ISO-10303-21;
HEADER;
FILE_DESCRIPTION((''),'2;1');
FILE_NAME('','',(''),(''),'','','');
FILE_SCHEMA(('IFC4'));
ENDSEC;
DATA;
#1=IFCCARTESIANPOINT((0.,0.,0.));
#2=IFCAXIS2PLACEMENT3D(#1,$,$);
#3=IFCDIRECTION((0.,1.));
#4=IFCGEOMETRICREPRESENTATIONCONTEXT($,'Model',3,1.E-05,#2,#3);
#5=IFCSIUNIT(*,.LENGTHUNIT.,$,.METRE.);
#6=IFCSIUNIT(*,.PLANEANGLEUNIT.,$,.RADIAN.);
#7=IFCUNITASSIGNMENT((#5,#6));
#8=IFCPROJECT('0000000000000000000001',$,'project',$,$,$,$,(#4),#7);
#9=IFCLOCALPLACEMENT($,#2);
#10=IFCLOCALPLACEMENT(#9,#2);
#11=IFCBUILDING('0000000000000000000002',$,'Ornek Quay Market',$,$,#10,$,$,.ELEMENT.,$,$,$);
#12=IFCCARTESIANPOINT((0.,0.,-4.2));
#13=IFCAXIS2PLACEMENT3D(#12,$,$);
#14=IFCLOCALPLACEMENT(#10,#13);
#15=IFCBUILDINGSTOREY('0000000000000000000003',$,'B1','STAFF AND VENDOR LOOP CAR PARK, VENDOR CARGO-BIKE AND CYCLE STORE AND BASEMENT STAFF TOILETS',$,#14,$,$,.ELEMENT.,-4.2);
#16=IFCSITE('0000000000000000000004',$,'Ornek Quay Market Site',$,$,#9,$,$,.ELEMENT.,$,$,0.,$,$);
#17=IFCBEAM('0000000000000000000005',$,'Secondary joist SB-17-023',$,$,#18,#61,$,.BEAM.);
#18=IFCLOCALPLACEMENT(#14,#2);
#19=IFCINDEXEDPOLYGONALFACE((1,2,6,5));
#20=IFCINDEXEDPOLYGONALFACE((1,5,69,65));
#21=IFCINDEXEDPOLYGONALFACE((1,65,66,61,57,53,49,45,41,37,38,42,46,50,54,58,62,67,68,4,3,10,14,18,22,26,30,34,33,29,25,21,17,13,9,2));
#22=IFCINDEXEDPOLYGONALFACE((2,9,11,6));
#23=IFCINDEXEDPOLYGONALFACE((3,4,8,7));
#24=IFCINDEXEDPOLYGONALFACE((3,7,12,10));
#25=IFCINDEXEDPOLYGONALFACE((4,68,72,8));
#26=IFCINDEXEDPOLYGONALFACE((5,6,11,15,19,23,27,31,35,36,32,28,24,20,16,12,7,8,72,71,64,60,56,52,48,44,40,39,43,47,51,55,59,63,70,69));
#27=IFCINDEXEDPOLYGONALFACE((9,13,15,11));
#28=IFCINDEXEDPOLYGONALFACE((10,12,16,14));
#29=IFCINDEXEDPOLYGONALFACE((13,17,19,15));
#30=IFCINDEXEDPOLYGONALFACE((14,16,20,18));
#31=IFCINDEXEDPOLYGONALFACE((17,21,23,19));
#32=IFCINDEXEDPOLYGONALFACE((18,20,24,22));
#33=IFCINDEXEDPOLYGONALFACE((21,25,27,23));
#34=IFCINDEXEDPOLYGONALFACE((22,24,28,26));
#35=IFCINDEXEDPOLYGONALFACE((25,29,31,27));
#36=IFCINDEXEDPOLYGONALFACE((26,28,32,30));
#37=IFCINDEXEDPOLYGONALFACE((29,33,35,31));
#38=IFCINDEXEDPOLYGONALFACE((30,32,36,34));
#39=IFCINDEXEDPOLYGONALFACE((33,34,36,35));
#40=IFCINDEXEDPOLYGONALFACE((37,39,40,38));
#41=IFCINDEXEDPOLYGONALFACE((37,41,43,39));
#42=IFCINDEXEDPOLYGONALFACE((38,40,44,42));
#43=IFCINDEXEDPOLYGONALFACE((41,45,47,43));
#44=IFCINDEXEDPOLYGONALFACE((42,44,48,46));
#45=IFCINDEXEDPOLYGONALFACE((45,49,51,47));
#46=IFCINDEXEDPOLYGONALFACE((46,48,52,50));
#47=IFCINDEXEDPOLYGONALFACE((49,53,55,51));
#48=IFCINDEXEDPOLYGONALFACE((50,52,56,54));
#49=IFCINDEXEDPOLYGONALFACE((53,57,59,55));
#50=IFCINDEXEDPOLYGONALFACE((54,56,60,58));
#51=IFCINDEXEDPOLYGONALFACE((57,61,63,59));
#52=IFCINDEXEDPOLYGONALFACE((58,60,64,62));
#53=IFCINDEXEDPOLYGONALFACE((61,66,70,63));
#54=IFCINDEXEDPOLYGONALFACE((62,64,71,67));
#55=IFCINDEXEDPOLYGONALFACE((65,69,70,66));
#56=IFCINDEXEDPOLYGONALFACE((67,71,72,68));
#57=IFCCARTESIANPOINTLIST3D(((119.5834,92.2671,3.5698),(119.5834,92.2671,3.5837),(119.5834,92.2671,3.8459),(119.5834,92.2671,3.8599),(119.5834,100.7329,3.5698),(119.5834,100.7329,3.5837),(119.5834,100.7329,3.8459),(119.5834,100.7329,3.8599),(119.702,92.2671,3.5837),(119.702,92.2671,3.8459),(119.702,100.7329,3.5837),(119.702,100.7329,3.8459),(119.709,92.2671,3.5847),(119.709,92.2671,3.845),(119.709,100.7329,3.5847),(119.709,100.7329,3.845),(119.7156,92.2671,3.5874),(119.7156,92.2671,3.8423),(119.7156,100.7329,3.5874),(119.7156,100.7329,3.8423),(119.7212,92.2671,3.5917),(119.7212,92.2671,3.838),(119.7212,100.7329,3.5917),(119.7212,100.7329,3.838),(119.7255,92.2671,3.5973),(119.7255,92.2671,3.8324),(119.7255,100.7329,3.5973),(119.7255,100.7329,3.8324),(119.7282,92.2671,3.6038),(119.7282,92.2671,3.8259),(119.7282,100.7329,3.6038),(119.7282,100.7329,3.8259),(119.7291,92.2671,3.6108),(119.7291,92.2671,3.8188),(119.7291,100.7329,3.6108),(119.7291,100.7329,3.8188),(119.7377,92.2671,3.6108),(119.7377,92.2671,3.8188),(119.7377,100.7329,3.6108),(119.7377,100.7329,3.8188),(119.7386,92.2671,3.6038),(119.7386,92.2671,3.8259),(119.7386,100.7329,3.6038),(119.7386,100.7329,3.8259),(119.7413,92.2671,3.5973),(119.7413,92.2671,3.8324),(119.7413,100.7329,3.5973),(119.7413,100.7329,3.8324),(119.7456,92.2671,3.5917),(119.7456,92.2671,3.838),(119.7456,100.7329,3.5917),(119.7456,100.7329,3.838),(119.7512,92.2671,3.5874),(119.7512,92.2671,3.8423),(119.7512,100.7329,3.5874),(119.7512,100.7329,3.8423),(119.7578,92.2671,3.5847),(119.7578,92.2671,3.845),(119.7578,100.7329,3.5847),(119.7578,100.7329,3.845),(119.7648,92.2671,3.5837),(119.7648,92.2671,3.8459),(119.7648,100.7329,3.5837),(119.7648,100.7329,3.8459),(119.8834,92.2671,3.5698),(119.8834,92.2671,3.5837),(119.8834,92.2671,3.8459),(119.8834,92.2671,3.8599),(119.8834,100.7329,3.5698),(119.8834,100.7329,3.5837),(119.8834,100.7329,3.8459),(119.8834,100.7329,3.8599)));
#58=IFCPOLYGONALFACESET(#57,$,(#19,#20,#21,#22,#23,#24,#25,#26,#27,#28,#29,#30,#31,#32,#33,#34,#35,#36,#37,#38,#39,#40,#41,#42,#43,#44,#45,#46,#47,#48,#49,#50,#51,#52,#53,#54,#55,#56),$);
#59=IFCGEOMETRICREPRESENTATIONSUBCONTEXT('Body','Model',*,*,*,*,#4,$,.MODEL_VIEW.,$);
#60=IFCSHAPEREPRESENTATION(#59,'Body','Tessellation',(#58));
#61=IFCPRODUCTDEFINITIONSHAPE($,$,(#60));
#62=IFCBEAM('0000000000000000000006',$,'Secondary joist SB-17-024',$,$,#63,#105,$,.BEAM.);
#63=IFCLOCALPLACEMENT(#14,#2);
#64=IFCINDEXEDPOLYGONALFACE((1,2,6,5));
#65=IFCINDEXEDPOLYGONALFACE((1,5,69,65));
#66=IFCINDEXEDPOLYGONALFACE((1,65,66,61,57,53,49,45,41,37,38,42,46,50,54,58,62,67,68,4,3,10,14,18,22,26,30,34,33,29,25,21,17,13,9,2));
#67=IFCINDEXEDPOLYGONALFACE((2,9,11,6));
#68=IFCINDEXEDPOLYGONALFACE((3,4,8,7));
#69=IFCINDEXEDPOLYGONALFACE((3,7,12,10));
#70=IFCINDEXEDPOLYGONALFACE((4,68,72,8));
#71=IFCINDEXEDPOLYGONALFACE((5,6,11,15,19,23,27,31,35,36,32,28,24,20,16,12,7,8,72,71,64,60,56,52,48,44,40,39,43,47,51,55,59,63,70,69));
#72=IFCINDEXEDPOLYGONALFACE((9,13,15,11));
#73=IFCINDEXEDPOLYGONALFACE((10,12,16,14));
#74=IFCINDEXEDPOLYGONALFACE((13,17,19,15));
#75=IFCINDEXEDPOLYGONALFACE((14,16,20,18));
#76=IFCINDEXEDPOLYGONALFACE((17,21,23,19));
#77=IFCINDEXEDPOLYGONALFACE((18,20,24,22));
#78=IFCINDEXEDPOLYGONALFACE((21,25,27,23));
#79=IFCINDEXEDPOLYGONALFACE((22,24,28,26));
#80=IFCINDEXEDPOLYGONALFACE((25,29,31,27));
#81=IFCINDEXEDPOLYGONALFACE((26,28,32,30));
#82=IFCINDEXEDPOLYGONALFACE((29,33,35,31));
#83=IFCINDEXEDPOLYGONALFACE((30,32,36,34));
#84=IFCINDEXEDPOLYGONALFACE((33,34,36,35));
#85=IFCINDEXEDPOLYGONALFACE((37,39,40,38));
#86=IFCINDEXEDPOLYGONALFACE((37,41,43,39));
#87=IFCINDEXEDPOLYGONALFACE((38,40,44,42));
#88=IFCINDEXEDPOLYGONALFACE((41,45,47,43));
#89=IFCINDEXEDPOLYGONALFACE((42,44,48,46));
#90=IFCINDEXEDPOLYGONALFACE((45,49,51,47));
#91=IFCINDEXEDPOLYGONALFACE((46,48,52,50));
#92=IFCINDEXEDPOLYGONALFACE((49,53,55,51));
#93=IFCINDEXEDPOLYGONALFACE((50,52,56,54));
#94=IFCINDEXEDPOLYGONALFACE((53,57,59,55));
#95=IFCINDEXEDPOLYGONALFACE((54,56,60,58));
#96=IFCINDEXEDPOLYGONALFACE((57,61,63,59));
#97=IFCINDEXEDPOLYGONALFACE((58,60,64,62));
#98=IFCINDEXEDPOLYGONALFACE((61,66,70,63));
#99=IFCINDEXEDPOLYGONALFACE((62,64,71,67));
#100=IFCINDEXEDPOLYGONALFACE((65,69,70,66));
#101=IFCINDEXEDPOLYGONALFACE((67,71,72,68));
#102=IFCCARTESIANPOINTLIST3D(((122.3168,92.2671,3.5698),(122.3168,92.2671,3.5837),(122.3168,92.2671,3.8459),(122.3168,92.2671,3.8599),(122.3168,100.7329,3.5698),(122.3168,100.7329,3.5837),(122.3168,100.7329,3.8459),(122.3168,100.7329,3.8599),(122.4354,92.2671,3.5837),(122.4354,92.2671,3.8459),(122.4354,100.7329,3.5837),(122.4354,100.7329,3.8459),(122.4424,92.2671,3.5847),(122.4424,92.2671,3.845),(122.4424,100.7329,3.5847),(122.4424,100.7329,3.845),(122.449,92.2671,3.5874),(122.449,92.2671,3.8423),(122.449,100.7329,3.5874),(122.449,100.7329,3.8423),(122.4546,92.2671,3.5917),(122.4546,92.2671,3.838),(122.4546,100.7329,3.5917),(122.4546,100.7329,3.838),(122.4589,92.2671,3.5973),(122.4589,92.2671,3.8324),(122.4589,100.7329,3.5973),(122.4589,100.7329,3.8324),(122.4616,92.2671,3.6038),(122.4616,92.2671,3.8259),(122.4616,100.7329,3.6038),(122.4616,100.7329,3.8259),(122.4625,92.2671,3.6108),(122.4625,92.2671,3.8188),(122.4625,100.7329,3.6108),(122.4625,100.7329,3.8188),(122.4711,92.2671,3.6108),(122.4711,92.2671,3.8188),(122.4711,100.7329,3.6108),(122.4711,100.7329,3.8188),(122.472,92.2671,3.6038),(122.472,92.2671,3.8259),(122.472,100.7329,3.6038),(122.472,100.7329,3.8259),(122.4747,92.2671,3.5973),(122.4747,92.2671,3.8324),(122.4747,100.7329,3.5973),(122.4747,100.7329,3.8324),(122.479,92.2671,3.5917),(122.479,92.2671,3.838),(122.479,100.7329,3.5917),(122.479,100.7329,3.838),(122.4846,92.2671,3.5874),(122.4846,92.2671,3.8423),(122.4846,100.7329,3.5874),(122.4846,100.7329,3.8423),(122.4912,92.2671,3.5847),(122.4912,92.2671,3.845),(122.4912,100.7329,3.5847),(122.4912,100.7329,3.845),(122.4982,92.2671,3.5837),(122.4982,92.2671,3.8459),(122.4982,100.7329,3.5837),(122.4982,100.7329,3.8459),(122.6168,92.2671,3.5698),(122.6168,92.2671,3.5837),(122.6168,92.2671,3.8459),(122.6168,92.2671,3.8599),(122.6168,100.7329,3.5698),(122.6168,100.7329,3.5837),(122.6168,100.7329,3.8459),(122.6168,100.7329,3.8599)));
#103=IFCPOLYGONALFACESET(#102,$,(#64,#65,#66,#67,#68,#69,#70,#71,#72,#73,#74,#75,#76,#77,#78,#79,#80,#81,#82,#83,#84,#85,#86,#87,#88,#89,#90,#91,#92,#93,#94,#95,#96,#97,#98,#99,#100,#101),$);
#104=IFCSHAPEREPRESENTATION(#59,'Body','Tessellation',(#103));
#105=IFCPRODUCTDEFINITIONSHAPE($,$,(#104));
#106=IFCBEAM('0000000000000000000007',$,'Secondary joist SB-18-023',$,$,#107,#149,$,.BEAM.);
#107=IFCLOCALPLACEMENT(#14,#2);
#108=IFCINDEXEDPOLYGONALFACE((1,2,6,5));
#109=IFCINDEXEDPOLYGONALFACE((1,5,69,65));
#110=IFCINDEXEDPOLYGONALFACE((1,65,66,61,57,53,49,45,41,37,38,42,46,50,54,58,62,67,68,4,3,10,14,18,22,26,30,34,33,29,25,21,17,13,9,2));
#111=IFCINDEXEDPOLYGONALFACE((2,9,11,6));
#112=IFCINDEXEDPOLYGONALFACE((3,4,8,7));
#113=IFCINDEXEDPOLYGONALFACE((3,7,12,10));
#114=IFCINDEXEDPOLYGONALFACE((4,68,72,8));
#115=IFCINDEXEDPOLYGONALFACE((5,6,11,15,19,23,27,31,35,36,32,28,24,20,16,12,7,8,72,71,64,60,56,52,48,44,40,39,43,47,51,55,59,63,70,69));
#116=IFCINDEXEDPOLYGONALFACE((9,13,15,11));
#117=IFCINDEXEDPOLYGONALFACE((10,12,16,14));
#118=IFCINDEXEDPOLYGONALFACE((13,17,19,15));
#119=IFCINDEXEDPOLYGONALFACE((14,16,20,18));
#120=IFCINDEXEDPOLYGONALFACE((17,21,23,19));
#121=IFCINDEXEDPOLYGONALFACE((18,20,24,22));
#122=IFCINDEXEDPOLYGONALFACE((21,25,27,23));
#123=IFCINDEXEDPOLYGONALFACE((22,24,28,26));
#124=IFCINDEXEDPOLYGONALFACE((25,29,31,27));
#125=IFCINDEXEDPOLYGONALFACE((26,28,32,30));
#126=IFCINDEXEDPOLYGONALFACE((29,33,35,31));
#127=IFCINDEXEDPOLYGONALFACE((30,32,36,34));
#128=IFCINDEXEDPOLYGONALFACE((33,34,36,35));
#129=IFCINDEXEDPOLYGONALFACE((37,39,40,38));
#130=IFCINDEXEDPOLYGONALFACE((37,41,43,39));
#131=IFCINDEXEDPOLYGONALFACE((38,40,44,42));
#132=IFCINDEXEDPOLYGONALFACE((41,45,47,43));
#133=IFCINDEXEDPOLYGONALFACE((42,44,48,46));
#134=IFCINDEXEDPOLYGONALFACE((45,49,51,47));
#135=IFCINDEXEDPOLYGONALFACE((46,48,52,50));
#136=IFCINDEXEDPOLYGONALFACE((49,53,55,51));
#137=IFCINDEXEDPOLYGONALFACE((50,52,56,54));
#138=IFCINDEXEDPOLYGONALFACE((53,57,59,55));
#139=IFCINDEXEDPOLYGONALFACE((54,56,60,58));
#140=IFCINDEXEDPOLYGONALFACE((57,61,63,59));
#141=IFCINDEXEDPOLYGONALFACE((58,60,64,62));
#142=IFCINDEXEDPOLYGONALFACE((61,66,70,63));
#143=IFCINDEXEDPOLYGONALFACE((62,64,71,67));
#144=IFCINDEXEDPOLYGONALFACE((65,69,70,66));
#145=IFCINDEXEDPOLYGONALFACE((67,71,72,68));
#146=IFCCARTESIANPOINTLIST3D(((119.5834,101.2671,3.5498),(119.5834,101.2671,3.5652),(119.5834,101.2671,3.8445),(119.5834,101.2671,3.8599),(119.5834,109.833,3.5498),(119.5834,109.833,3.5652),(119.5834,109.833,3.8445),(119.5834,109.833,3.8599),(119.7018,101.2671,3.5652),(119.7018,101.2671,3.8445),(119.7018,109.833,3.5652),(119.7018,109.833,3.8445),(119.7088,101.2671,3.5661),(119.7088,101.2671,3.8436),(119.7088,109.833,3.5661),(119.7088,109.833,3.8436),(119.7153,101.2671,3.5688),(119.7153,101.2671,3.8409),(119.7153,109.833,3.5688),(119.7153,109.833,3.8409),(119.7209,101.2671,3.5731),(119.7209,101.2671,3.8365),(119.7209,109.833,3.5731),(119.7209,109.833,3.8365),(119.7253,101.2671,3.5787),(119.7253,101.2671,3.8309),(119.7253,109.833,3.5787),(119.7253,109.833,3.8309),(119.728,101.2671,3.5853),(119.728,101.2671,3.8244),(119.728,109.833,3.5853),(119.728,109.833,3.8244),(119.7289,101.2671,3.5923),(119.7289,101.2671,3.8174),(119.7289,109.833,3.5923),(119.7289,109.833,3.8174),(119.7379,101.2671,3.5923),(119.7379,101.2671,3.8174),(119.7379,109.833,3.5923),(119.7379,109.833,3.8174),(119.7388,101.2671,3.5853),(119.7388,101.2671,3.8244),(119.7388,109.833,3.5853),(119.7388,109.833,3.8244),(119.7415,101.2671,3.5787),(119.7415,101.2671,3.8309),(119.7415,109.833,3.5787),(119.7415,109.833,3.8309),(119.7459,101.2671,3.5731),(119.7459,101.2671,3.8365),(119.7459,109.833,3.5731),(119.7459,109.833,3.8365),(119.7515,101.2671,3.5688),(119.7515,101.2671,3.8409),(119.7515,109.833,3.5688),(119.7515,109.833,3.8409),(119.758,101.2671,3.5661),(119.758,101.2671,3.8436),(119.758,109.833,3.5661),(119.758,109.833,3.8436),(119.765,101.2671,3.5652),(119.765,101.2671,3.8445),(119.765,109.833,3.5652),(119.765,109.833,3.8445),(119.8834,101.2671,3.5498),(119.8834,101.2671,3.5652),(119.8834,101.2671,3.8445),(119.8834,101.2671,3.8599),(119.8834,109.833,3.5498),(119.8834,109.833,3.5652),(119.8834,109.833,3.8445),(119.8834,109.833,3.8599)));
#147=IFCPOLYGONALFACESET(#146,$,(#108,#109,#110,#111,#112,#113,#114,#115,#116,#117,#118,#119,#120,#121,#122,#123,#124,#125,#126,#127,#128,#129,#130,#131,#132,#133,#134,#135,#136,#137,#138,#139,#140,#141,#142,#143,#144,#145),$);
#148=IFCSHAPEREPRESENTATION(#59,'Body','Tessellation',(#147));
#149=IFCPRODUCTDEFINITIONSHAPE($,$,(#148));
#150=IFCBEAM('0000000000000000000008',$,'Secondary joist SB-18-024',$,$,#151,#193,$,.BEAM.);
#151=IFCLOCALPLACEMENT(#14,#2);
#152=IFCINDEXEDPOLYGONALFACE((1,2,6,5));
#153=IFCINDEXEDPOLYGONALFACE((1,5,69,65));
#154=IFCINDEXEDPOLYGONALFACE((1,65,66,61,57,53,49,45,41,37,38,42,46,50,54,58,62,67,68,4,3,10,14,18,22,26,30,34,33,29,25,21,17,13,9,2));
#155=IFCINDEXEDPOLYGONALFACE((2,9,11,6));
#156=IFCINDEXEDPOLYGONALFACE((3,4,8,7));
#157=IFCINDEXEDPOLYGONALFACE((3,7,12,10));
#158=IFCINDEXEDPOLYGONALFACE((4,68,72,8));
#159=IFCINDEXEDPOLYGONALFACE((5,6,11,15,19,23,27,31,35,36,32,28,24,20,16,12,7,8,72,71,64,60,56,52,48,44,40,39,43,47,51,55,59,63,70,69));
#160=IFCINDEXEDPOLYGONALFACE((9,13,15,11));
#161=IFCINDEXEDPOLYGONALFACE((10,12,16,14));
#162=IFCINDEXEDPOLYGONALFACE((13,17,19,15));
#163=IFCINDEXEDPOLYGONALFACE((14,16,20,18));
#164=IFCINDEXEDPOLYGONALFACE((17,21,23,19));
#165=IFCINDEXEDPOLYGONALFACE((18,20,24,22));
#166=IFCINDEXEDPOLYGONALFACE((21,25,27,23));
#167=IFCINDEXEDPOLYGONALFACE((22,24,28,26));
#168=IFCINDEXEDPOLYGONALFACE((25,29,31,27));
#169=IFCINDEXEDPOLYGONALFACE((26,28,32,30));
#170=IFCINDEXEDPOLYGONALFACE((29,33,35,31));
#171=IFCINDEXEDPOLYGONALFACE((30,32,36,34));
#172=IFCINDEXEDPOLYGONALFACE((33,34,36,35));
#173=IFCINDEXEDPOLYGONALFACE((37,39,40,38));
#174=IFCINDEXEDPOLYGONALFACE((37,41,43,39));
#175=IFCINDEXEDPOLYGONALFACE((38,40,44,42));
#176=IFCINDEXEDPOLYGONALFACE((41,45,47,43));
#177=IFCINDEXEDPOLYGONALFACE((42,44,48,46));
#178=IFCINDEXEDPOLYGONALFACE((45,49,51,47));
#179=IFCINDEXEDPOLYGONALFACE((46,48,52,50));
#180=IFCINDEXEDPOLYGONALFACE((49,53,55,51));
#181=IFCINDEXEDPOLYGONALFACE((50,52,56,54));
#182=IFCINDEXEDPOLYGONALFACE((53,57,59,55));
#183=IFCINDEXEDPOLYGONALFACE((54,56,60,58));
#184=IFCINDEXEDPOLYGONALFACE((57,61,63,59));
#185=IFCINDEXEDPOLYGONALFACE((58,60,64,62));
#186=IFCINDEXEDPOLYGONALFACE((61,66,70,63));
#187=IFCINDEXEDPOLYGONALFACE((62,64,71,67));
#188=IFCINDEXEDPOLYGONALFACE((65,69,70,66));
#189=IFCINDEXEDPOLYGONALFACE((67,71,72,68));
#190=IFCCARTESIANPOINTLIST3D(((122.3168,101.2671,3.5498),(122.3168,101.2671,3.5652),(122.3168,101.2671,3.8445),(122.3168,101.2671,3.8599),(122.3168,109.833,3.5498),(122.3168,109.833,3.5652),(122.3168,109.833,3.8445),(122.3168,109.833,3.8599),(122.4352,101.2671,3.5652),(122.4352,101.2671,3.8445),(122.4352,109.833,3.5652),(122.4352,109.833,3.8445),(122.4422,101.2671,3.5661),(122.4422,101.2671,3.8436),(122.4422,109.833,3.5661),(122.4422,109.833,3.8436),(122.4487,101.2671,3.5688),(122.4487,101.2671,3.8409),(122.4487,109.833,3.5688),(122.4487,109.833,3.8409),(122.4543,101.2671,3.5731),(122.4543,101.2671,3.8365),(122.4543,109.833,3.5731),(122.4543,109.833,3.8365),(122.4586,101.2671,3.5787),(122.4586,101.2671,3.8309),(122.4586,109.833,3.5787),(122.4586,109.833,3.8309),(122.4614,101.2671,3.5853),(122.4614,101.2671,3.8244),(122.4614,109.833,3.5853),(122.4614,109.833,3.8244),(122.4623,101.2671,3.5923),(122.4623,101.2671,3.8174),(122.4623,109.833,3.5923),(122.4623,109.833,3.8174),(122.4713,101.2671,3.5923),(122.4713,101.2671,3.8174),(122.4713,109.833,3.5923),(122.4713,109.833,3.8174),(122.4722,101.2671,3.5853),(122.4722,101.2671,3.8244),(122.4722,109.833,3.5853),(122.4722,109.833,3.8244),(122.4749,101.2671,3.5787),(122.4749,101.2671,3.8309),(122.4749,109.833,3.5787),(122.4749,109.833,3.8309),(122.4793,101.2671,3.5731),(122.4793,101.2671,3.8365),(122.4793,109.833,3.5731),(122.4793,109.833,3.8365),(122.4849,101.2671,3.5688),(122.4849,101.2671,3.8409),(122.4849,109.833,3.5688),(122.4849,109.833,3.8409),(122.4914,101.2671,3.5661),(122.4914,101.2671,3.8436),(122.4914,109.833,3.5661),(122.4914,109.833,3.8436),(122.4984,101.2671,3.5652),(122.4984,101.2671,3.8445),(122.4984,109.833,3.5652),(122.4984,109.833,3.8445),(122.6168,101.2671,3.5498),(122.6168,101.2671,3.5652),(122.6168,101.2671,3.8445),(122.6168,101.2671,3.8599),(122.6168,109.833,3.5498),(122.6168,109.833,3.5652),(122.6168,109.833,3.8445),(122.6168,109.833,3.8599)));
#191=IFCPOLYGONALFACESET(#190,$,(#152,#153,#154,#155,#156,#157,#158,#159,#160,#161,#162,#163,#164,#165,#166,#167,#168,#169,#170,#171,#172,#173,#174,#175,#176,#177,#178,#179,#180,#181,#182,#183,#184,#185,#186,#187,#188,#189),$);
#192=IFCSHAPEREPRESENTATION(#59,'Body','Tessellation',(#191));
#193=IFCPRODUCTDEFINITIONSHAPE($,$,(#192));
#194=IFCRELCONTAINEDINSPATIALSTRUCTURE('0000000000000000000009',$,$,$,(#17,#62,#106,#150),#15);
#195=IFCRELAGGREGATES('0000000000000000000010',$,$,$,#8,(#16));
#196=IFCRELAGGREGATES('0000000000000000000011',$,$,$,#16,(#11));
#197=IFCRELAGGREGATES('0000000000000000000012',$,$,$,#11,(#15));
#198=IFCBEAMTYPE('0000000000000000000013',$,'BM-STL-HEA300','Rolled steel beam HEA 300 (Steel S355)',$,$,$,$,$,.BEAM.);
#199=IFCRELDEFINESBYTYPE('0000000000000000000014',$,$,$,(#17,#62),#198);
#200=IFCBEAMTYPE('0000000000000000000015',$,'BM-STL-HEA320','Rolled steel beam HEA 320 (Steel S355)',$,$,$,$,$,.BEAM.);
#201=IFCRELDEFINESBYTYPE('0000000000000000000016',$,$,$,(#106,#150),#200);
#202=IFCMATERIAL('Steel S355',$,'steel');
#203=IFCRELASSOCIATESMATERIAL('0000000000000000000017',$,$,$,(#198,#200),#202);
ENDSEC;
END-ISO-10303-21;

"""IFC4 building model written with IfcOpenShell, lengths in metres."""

from ifc_helpers import new_model, si_unit, direction, frame, origin, origin_2d, place, context, subcontext, project, spatial, i_section, extrude, material, material_profile, profile_set, type_object, element, save


model = new_model("IFC4")

# Units and contexts
model_context = context("Model", 3, precision=1e-05, world=origin(), true_north=direction((0.0, 1.0)))
body_context = subcontext(model_context, "Body", "Model", "MODEL_VIEW")
ifc_project = project(units=[si_unit("LENGTHUNIT", "METRE"), si_unit("PLANEANGLEUNIT", "RADIAN")], contexts=[model_context])

# Site, building, storey
site_placement = place(None, origin())
site = spatial("IfcSite", under=ifc_project, at=site_placement, Name="Ornek Quay Market Site", CompositionType="ELEMENT", RefElevation=0.0)
building_placement = place(site_placement, origin())
building = spatial("IfcBuilding", under=site, at=building_placement, Name="Ornek Quay Market", CompositionType="ELEMENT")
storey_placement = place(building_placement, frame((0.0, 0.0, -4.2)))
storey = spatial("IfcBuildingStorey", under=building, at=storey_placement, Name="B1", Description="STAFF AND VENDOR LOOP CAR PARK, VENDOR CARGO-BIKE AND CYCLE STORE AND BASEMENT STAFF TOILETS", CompositionType="ELEMENT", Elevation=-4.2)

# Beams
ifc_material_1 = material(Name="Steel S355", Category="steel")
ifc_material_profile_1 = material_profile(ifc_material_1, i_section(OverallWidth=0.3, OverallDepth=0.29, WebThickness=0.0085, FlangeThickness=0.0139, FilletRadius=0.0271, at=origin_2d()), Name="HEA 300", Category="steel")
ifc_profile_set_1 = profile_set([ifc_material_profile_1], Name="Steel S355")
beam_type_1 = type_object("IfcBeamType", Name="BM-STL-HEA300", Description="Rolled steel beam HEA 300 (Steel S355)", PredefinedType="BEAM", material=ifc_profile_set_1)
for number, where, z_axis, x_axis, name in (
    (1, (119.7334, 92.2671, 3.7148), (0.0, 1.0, 0.0), (-1.0, 0.0, 0.0), "Secondary joist SB-17-023"),
    (2, (122.4668, 92.2671, 3.7148), (0.0, 1.0, 0.0), (-1.0, 0.0, 0.0), "Secondary joist SB-17-024"),
):
    element("IfcBeam", number, at=place(storey_placement, frame(where, z_axis=z_axis, x_axis=x_axis)), inside=storey, type_object=beam_type_1, Name=name, PredefinedType="BEAM", context=body_context, shape_type="SweptSolid", body=[
        extrude(i_section(OverallWidth=0.3, OverallDepth=0.29, WebThickness=0.0085, FlangeThickness=0.0139, FilletRadius=0.0271, at=origin_2d()), origin(), (0.0, 0.0, 1.0), 8.4658),
    ])
ifc_material_profile_2 = material_profile(ifc_material_1, i_section(OverallWidth=0.3, OverallDepth=0.3101, WebThickness=0.009, FlangeThickness=0.0154, FilletRadius=0.0271, at=origin_2d()), Name="HEA 320", Category="steel")
ifc_profile_set_2 = profile_set([ifc_material_profile_2], Name="Steel S355")
beam_type_2 = type_object("IfcBeamType", Name="BM-STL-HEA320", Description="Rolled steel beam HEA 320 (Steel S355)", PredefinedType="BEAM", material=ifc_profile_set_2)
for number, where, z_axis, x_axis, name in (
    (3, (119.7334, 101.2671, 3.7048), (0.0, 1.0, 0.0), (-1.0, 0.0, 0.0), "Secondary joist SB-18-023"),
    (4, (122.4668, 101.2671, 3.7048), (0.0, 1.0, 0.0), (-1.0, 0.0, 0.0), "Secondary joist SB-18-024"),
):
    element("IfcBeam", number, at=place(storey_placement, frame(where, z_axis=z_axis, x_axis=x_axis)), inside=storey, type_object=beam_type_2, Name=name, PredefinedType="BEAM", context=body_context, shape_type="SweptSolid", body=[
        extrude(i_section(OverallWidth=0.3, OverallDepth=0.3101, WebThickness=0.009, FlangeThickness=0.0154, FilletRadius=0.0271, at=origin_2d()), origin(), (0.0, 0.0, 1.0), 8.5659),
    ])

save(model, "model.ifc")
